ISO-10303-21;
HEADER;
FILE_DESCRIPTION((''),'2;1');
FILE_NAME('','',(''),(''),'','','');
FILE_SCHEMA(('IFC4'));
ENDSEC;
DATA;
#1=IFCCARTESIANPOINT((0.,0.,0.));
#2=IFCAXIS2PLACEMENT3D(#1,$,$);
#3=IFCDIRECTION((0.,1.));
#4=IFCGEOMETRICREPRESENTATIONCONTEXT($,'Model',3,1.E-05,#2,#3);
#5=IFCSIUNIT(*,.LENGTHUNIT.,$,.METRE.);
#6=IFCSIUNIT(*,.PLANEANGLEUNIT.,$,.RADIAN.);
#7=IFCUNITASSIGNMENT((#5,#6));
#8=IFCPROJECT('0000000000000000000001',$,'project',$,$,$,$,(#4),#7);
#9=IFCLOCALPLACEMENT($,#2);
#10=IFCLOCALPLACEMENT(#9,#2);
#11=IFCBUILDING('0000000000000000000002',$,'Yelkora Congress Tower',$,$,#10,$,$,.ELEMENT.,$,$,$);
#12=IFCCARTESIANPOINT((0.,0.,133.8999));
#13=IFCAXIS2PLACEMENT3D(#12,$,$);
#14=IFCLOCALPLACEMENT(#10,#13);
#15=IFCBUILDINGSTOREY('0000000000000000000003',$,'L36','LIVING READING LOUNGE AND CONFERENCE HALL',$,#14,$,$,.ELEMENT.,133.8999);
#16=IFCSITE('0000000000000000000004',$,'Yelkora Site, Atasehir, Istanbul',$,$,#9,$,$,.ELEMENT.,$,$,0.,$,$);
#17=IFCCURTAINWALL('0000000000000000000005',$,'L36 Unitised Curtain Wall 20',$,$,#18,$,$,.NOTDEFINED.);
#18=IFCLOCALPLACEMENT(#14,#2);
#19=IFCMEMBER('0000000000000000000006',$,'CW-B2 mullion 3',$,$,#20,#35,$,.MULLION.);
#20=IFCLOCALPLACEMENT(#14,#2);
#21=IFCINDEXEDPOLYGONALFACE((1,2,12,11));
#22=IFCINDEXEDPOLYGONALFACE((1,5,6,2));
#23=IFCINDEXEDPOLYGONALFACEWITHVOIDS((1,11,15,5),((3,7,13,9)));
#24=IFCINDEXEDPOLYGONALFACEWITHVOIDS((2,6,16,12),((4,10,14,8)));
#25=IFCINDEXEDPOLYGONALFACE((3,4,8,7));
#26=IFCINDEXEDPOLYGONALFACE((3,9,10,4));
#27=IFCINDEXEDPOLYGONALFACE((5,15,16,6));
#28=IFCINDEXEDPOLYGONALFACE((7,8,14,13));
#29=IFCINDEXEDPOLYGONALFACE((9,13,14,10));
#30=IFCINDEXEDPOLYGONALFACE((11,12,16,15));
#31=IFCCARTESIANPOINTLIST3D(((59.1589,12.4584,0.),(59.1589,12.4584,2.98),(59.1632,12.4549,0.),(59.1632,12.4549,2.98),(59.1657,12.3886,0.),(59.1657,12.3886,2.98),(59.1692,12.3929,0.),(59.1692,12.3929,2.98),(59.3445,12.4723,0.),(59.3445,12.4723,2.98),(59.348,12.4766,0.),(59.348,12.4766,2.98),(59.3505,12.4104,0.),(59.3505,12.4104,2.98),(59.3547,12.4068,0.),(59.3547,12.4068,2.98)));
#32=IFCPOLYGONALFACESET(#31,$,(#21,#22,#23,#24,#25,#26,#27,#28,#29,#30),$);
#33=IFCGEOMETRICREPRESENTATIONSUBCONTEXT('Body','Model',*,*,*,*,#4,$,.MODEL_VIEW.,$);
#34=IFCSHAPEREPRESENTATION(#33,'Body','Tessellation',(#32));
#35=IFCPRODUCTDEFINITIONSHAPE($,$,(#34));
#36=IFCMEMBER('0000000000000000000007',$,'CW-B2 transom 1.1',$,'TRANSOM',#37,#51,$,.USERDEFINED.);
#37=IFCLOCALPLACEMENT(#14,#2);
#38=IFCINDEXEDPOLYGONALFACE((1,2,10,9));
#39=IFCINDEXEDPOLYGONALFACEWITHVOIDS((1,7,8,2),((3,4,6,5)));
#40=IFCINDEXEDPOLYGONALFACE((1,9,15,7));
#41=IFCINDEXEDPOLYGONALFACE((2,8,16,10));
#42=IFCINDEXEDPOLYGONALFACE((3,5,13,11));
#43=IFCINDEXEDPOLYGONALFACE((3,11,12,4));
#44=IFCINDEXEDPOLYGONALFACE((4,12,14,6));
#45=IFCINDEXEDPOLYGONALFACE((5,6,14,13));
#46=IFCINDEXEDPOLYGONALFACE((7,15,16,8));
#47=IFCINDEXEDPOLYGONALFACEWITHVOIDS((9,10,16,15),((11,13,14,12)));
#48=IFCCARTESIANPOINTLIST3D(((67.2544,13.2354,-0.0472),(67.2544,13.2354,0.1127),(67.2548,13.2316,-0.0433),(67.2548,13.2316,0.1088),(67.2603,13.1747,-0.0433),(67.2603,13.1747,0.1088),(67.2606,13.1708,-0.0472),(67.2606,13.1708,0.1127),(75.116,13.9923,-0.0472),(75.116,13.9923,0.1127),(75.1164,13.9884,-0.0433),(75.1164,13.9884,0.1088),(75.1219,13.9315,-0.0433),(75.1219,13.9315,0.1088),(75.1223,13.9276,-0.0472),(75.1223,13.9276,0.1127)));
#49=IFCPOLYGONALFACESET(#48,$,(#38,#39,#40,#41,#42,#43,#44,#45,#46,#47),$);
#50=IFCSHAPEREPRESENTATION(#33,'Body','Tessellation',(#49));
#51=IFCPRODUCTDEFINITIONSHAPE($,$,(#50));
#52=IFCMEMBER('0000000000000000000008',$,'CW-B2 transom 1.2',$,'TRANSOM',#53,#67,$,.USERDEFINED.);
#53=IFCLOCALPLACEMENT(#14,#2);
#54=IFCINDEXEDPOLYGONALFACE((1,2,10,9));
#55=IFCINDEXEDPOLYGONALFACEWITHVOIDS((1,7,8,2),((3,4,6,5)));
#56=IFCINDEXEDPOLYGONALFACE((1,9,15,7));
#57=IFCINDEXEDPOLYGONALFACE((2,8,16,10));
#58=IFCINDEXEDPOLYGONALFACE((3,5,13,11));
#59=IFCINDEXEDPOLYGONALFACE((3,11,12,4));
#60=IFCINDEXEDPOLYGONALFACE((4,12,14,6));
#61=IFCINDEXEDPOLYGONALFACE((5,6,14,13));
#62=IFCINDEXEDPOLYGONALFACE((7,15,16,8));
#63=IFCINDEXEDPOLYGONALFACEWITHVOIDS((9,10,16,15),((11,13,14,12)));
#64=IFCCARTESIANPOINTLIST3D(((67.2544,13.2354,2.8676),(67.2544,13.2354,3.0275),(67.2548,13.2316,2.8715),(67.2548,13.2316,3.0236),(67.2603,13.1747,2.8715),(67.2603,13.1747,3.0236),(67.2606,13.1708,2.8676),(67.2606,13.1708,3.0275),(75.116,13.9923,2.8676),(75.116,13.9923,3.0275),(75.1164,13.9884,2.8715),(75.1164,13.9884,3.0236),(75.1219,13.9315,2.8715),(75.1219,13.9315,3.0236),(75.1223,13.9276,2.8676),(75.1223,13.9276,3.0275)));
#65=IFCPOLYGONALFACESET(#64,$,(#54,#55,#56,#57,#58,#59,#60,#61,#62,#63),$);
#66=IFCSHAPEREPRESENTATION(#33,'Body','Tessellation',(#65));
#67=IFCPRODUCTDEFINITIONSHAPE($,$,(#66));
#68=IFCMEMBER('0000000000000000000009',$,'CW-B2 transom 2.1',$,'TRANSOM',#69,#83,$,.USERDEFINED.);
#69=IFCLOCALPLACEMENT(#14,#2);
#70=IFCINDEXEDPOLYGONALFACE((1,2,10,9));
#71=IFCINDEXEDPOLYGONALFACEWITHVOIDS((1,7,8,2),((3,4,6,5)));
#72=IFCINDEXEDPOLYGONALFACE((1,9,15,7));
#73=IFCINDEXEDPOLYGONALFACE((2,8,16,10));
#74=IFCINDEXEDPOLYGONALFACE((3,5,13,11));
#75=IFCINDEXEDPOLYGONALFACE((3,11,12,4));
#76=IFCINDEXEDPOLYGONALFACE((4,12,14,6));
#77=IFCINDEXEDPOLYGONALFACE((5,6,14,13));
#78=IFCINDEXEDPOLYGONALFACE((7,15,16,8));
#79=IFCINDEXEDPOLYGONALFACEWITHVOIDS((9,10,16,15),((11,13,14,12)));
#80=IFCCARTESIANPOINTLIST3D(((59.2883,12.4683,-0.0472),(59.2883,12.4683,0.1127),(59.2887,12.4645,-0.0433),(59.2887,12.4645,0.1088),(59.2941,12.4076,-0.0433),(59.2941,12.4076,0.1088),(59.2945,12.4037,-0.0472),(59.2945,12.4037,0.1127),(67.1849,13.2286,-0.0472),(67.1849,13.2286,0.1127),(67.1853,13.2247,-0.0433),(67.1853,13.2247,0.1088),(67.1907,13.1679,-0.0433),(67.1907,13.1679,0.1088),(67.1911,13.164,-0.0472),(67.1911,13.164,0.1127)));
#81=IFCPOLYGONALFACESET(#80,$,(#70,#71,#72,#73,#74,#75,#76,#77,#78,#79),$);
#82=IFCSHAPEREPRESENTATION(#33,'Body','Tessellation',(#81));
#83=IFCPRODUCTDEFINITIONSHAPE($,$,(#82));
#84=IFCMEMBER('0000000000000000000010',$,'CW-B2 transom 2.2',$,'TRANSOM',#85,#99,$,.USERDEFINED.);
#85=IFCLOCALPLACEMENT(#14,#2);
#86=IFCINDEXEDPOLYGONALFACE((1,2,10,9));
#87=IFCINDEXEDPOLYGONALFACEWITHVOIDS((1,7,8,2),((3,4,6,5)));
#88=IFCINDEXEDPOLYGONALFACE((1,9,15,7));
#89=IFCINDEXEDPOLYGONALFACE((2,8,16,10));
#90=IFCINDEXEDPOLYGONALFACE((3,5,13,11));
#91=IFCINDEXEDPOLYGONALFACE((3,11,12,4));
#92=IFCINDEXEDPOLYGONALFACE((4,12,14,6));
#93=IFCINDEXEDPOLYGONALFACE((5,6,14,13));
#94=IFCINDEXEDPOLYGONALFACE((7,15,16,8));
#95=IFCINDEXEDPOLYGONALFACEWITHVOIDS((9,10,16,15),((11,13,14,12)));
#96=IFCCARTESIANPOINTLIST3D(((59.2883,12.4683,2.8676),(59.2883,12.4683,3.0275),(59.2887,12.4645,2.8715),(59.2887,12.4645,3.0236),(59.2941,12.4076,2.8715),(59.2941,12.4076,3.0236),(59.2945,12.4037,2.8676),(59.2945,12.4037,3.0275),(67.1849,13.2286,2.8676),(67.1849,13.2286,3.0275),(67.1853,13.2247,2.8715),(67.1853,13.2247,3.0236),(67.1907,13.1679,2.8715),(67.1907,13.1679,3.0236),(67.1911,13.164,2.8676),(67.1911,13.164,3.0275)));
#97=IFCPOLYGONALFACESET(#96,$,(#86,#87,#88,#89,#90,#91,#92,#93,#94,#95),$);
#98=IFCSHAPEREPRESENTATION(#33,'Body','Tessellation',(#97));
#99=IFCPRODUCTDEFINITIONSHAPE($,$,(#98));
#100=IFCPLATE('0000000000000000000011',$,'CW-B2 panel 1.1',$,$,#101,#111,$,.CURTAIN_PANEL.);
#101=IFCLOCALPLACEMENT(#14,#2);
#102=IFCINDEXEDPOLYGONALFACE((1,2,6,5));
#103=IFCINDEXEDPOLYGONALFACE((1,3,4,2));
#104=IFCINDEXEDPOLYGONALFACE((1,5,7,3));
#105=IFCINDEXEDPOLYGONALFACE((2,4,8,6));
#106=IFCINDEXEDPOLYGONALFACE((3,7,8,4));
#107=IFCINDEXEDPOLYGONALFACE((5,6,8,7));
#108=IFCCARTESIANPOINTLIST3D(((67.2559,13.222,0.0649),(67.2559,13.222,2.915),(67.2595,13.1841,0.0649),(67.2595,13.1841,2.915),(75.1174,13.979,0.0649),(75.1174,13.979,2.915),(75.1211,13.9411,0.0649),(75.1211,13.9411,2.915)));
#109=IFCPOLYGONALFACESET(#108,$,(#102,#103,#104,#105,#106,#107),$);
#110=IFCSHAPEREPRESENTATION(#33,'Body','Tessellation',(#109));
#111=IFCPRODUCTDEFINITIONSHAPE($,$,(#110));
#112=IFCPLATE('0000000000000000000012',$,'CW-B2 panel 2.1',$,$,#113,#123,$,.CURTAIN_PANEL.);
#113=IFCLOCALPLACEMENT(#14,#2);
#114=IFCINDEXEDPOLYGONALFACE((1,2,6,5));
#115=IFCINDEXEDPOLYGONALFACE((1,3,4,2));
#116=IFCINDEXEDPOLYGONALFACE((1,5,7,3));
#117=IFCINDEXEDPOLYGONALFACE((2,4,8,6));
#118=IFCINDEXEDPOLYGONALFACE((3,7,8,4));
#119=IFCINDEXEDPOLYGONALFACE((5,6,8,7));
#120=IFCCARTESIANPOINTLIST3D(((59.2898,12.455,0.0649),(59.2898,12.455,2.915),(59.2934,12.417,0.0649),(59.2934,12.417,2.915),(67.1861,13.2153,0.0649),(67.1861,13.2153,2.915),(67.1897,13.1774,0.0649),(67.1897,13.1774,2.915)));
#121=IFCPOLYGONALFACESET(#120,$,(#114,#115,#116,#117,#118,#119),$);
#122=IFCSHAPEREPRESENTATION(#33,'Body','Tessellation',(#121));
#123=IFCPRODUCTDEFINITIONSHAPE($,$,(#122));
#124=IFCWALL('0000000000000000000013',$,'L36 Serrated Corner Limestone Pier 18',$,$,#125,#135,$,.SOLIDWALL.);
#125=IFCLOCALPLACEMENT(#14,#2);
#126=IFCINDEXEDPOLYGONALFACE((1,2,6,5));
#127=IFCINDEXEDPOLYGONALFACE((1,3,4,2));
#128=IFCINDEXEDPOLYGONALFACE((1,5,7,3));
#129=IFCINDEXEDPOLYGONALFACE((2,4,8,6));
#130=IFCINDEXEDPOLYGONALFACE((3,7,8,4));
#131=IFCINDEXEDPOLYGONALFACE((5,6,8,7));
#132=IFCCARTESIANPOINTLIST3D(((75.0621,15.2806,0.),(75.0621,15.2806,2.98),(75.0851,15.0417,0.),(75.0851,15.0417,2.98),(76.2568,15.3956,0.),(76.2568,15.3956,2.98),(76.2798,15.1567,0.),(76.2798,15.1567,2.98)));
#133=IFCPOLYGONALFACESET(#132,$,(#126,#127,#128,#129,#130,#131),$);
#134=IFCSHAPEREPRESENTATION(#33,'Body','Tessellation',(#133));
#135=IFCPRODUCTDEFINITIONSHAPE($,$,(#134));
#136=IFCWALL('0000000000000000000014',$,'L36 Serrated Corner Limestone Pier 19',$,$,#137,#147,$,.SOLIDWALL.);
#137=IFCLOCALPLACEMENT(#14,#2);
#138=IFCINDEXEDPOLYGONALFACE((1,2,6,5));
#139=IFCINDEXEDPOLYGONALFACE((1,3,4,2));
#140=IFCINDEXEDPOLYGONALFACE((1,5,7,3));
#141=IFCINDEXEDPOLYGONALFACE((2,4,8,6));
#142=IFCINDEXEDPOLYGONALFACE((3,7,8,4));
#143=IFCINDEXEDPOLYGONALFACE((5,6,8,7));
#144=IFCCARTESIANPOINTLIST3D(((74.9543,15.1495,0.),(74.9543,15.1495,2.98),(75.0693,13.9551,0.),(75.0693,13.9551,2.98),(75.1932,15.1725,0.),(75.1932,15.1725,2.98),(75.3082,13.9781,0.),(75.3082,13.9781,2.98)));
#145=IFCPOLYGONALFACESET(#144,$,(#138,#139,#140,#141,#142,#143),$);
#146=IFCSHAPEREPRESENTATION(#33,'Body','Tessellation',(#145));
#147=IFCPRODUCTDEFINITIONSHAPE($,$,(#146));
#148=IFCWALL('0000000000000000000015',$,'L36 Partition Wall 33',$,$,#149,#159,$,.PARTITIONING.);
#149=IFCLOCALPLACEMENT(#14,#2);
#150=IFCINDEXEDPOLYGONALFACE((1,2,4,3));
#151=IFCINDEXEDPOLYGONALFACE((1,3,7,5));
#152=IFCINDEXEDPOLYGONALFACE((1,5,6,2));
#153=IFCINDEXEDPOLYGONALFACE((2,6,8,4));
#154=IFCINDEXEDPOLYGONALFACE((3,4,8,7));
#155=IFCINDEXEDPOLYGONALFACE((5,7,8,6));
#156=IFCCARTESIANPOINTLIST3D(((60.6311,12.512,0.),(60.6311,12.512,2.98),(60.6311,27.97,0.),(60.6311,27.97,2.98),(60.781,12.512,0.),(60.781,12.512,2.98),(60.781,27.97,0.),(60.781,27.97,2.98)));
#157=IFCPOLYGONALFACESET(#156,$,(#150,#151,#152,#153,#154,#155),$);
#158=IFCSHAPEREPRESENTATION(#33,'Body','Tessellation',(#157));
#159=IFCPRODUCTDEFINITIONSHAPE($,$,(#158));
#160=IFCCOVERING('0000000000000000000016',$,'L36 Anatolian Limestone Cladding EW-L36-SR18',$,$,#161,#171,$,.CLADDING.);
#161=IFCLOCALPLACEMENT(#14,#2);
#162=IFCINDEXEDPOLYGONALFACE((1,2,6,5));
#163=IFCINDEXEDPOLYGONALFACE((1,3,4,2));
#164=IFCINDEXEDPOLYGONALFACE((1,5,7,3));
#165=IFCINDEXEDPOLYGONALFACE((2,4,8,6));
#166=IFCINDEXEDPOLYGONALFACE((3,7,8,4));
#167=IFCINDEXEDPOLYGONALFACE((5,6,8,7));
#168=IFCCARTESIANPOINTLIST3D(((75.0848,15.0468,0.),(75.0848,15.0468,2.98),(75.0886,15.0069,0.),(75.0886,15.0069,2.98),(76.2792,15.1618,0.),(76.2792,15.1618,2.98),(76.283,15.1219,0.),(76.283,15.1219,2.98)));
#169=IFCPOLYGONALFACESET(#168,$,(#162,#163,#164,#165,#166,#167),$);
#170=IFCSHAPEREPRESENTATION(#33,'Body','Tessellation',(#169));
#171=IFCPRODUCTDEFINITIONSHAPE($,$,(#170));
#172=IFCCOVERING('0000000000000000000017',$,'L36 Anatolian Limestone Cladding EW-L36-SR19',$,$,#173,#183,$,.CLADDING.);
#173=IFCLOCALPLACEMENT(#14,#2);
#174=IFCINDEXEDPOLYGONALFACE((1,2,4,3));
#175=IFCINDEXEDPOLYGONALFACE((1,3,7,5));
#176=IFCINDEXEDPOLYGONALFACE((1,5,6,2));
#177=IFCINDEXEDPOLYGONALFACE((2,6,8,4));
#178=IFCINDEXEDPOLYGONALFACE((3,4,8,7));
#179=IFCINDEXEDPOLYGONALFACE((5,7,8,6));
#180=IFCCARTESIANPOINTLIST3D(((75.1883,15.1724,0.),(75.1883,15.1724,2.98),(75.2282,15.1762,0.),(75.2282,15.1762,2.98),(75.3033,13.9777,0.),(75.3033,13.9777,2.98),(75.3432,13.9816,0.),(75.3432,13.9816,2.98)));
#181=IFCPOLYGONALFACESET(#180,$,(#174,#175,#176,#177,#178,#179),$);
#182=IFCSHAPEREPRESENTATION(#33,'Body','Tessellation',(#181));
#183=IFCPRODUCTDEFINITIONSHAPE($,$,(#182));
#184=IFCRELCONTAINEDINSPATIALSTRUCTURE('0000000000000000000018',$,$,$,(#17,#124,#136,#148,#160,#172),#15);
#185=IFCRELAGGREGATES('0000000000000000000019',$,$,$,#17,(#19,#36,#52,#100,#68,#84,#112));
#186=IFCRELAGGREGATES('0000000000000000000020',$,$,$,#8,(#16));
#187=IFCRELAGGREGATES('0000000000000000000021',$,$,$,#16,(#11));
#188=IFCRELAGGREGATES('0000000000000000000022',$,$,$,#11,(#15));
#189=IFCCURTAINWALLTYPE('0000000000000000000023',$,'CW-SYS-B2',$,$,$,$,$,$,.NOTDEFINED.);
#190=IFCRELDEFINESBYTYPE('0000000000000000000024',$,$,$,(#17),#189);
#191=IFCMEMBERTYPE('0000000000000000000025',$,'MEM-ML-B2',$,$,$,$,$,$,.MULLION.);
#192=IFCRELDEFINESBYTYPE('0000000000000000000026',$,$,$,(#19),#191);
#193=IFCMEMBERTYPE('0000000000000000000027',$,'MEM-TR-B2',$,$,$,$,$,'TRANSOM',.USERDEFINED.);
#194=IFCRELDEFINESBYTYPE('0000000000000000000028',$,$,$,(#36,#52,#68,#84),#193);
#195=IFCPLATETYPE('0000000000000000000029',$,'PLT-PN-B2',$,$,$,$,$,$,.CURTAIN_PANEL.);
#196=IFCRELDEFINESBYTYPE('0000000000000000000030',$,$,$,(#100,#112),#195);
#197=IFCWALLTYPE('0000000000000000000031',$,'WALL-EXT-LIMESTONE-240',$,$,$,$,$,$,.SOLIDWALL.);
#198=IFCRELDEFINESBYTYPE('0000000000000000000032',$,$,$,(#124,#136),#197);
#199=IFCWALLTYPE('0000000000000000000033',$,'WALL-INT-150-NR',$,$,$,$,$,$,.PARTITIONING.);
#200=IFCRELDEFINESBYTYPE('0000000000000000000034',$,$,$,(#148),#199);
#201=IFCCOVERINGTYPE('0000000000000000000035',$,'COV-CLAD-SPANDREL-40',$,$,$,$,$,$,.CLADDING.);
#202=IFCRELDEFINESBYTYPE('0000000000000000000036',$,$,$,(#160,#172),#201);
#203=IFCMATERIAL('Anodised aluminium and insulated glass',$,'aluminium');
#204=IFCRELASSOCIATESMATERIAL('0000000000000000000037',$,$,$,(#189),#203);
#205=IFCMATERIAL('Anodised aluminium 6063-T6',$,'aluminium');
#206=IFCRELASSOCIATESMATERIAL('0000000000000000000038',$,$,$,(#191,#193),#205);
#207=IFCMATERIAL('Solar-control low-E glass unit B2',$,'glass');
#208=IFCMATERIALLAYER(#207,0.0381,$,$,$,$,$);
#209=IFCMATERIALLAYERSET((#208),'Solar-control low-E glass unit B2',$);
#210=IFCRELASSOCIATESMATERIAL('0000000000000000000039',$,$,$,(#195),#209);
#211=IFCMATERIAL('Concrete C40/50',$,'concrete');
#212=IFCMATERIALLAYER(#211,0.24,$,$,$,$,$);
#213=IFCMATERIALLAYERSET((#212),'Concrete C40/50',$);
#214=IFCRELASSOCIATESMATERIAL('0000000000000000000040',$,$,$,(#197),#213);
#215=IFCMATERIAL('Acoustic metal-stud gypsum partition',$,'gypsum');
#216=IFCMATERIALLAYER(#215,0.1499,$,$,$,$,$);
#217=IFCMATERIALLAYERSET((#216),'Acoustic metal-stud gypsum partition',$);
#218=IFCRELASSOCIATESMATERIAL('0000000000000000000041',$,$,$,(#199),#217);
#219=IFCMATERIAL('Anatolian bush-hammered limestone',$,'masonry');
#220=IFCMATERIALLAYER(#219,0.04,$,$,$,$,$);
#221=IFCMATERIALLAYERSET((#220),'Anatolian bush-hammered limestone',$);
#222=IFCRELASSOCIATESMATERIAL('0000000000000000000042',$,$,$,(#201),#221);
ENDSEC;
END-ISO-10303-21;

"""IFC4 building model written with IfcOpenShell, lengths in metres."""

from ifc_helpers import new_model, si_unit, direction, frame, frame_2d, origin, origin_2d, place, context, subcontext, project, spatial, rectangle, hollow_rectangle, extrude, material, layer, layer_set, material_profile, profile_set, type_object, element, aggregate, save


model = new_model("IFC4")

# Units and contexts
model_context = context("Model", 3, precision=1e-05, world=origin(), true_north=direction((0.0, 1.0)))
body_context = subcontext(model_context, "Body", "Model", "MODEL_VIEW")
ifc_project = project(units=[si_unit("LENGTHUNIT", "METRE"), si_unit("PLANEANGLEUNIT", "RADIAN")], contexts=[model_context])

# Site, building, storey
site_placement = place(None, origin())
site = spatial("IfcSite", under=ifc_project, at=site_placement, Name="Yelkora Site, Atasehir, Istanbul", CompositionType="ELEMENT", RefElevation=0.0)
building_placement = place(site_placement, origin())
building = spatial("IfcBuilding", under=site, at=building_placement, Name="Yelkora Congress Tower", CompositionType="ELEMENT")
storey_placement = place(building_placement, frame((0.0, 0.0, 133.8999)))
storey = spatial("IfcBuildingStorey", under=building, at=storey_placement, Name="L36", Description="LIVING READING LOUNGE AND CONFERENCE HALL", CompositionType="ELEMENT", Elevation=133.8999)

# Curtain wall, members, plates
ifc_material_1 = material(Name="Anodised aluminium and insulated glass", Category="aluminium")
curtain_wall_type = type_object("IfcCurtainWallType", Name="CW-SYS-B2", PredefinedType="NOTDEFINED", material=ifc_material_1)
curtain_wall_placement = place(storey_placement, origin())
curtain_wall = element("IfcCurtainWall", 1, at=curtain_wall_placement, inside=storey, type_object=curtain_wall_type, Name="L36 Unitised Curtain Wall 20", PredefinedType="NOTDEFINED")
ifc_material_2 = material(Name="Anodised aluminium 6063-T6", Category="aluminium")
ifc_material_profile_1 = material_profile(ifc_material_2, hollow_rectangle(XDim=0.0701, YDim=0.1899, WallThickness=0.0039, at=origin_2d()), Name="ALU 70x190x4")
ifc_profile_set_1 = profile_set([ifc_material_profile_1], Name="Anodised aluminium 6063-T6")
member_type_1 = type_object("IfcMemberType", Name="MEM-ML-B2", PredefinedType="MULLION", material=ifc_profile_set_1)
member_1_placement = place(storey_placement, frame((59.2568, 12.4326, 0.0), z_axis=(0.0, 0.0, 1.0), x_axis=(0.095844, -0.995396, 0.0)))
member_1 = element("IfcMember", 2, at=member_1_placement, type_object=member_type_1, Name="CW-B2 mullion 3", PredefinedType="MULLION", context=body_context, shape_type="SweptSolid", body=[
    extrude(hollow_rectangle(XDim=0.0701, YDim=0.1899, WallThickness=0.0039, at=origin_2d()), origin(), (0.0, 0.0, 1.0), 2.98),
])
ifc_material_profile_2 = material_profile(ifc_material_2, hollow_rectangle(XDim=0.0649, YDim=0.1599, WallThickness=0.0039, at=origin_2d()), Name="ALU 65x160x4")
ifc_profile_set_2 = profile_set([ifc_material_profile_2], Name="Anodised aluminium 6063-T6")
member_type_2 = type_object("IfcMemberType", Name="MEM-TR-B2", ElementType="TRANSOM", PredefinedType="USERDEFINED", material=ifc_profile_set_2)
member_2_placement = place(storey_placement, frame((75.1191, 13.96, 0.0327), z_axis=(-0.995398, -0.095827, 0.0), x_axis=(0.095827, -0.995398, 0.0)))
member_2 = element("IfcMember", 3, at=member_2_placement, type_object=member_type_2, Name="CW-B2 transom 1.1", ObjectType="TRANSOM", PredefinedType="USERDEFINED", context=body_context, shape_type="SweptSolid", body=[
    extrude(hollow_rectangle(XDim=0.0649, YDim=0.1599, WallThickness=0.0039, at=origin_2d()), origin(), (0.0, 0.0, 1.0), 7.8979),
])
member_3_placement = place(storey_placement, frame((75.1191, 13.96, 2.9475), z_axis=(-0.995398, -0.095827, 0.0), x_axis=(0.095827, -0.995398, 0.0)))
member_3 = element("IfcMember", 4, at=member_3_placement, type_object=member_type_2, Name="CW-B2 transom 1.2", ObjectType="TRANSOM", PredefinedType="USERDEFINED", context=body_context, shape_type="SweptSolid", body=[
    extrude(hollow_rectangle(XDim=0.0649, YDim=0.1599, WallThickness=0.0039, at=origin_2d()), origin(), (0.0, 0.0, 1.0), 7.8979),
])
member_4_placement = place(storey_placement, frame((67.188, 13.1963, 0.0327), z_axis=(-0.995397, -0.095834, 0.0), x_axis=(0.095834, -0.995397, 0.0)))
member_4 = element("IfcMember", 5, at=member_4_placement, type_object=member_type_2, Name="CW-B2 transom 2.1", ObjectType="TRANSOM", PredefinedType="USERDEFINED", context=body_context, shape_type="SweptSolid", body=[
    extrude(hollow_rectangle(XDim=0.0649, YDim=0.1599, WallThickness=0.0039, at=origin_2d()), origin(), (0.0, 0.0, 1.0), 7.9331),
])
member_5_placement = place(storey_placement, frame((67.188, 13.1963, 2.9475), z_axis=(-0.995397, -0.095834, 0.0), x_axis=(0.095834, -0.995397, 0.0)))
member_5 = element("IfcMember", 6, at=member_5_placement, type_object=member_type_2, Name="CW-B2 transom 2.2", ObjectType="TRANSOM", PredefinedType="USERDEFINED", context=body_context, shape_type="SweptSolid", body=[
    extrude(hollow_rectangle(XDim=0.0649, YDim=0.1599, WallThickness=0.0039, at=origin_2d()), origin(), (0.0, 0.0, 1.0), 7.9331),
])
ifc_material_3 = material(Name="Solar-control low-E glass unit B2", Category="glass")
ifc_layer_1 = layer(ifc_material_3, 0.0381)
ifc_layer_set_1 = layer_set([ifc_layer_1], Name="Solar-control low-E glass unit B2")
plate_type = type_object("IfcPlateType", Name="PLT-PN-B2", PredefinedType="CURTAIN_PANEL", material=ifc_layer_set_1)
plate_1_placement = place(storey_placement, frame((71.1885, 13.5815, 0.0649), z_axis=(0.0, 0.0, 1.0), x_axis=(-0.995396, -0.095844, 0.0)))
plate_1 = element("IfcPlate", 7, at=plate_1_placement, type_object=plate_type, Name="CW-B2 panel 1.1", PredefinedType="CURTAIN_PANEL", context=body_context, shape_type="SweptSolid", body=[
    extrude(rectangle(XDim=7.8979, YDim=0.0381, at=origin_2d()), origin(), (0.0, 0.0, 1.0), 2.8501),
])
plate_2_placement = place(storey_placement, frame((63.2397, 12.8162, 0.0649), z_axis=(0.0, 0.0, 1.0), x_axis=(-0.995396, -0.095844, 0.0)))
plate_2 = element("IfcPlate", 8, at=plate_2_placement, type_object=plate_type, Name="CW-B2 panel 2.1", PredefinedType="CURTAIN_PANEL", context=body_context, shape_type="SweptSolid", body=[
    extrude(rectangle(XDim=7.9329, YDim=0.0381, at=origin_2d()), origin(), (0.0, 0.0, 1.0), 2.8501),
])
aggregate(curtain_wall, [member_1, member_2, member_3, plate_1, member_4, member_5, plate_2])

# Walls
ifc_material_4 = material(Name="Concrete C40/50", Category="concrete")
ifc_layer_2 = layer(ifc_material_4, 0.24)
ifc_layer_set_2 = layer_set([ifc_layer_2], Name="Concrete C40/50")
wall_type_1 = type_object("IfcWallType", Name="WALL-EXT-LIMESTONE-240", PredefinedType="SOLIDWALL", material=ifc_layer_set_2)
wall_1_placement = place(storey_placement, frame((76.2683, 15.2761, 0.0), z_axis=(0.0, 0.0, 1.0), x_axis=(-0.995399, -0.095817, 0.0)))
element("IfcWall", 9, at=wall_1_placement, inside=storey, type_object=wall_type_1, Name="L36 Serrated Corner Limestone Pier 18", PredefinedType="SOLIDWALL", context=body_context, shape_type="SweptSolid", body=[
    extrude(rectangle(XDim=1.2002, YDim=0.24, at=frame_2d((0.6001, 0.0))), origin(), (0.0, 0.0, 1.0), 2.98),
])
wall_2_placement = place(storey_placement, frame((75.0737, 15.1611, 0.0), z_axis=(0.0, 0.0, 1.0), x_axis=(0.095836, -0.995397, 0.0)))
element("IfcWall", 10, at=wall_2_placement, inside=storey, type_object=wall_type_1, Name="L36 Serrated Corner Limestone Pier 19", PredefinedType="SOLIDWALL", context=body_context, shape_type="SweptSolid", body=[
    extrude(rectangle(XDim=1.2, YDim=0.24, at=frame_2d((0.6001, 0.0))), origin(), (0.0, 0.0, 1.0), 2.98),
])
ifc_material_5 = material(Name="Acoustic metal-stud gypsum partition", Category="gypsum")
ifc_layer_3 = layer(ifc_material_5, 0.1499)
ifc_layer_set_3 = layer_set([ifc_layer_3], Name="Acoustic metal-stud gypsum partition")
wall_type_2 = type_object("IfcWallType", Name="WALL-INT-150-NR", PredefinedType="PARTITIONING", material=ifc_layer_set_3)
wall_3_placement = place(storey_placement, frame((60.7061, 12.512, 0.0), z_axis=(0.0, 0.0, 1.0), x_axis=(0.0, 1.0, 0.0)))
element("IfcWall", 11, at=wall_3_placement, inside=storey, type_object=wall_type_2, Name="L36 Partition Wall 33", PredefinedType="PARTITIONING", context=body_context, shape_type="SweptSolid", body=[
    extrude(rectangle(XDim=15.458, YDim=0.1499, at=frame_2d((7.729, 0.0))), origin(), (0.0, 0.0, 1.0), 2.98),
])

# Coverings
ifc_material_6 = material(Name="Anatolian bush-hammered limestone", Category="masonry")
ifc_layer_4 = layer(ifc_material_6, 0.04)
ifc_layer_set_4 = layer_set([ifc_layer_4], Name="Anatolian bush-hammered limestone")
covering_type = type_object("IfcCoveringType", Name="COV-CLAD-SPANDREL-40", PredefinedType="CLADDING", material=ifc_layer_set_4)
covering_1_placement = place(storey_placement, frame((76.2812, 15.1418, 0.0), z_axis=(0.0, 0.0, 1.0), x_axis=(-0.995397, -0.095836, 0.0)))
element("IfcCovering", 12, at=covering_1_placement, inside=storey, type_object=covering_type, Name="L36 Anatolian Limestone Cladding EW-L36-SR18", PredefinedType="CLADDING", context=body_context, shape_type="SweptSolid", body=[
    extrude(rectangle(XDim=1.2, YDim=0.04, at=frame_2d((0.6001, 0.0))), origin(), (0.0, 0.0, 1.0), 2.98),
])
covering_2_placement = place(storey_placement, frame((75.2083, 15.1743, 0.0), z_axis=(0.0, 0.0, 1.0), x_axis=(0.095817, -0.995399, 0.0)))
element("IfcCovering", 13, at=covering_2_placement, inside=storey, type_object=covering_type, Name="L36 Anatolian Limestone Cladding EW-L36-SR19", PredefinedType="CLADDING", context=body_context, shape_type="SweptSolid", body=[
    extrude(rectangle(XDim=1.2002, YDim=0.04, at=frame_2d((0.6001, 0.0))), origin(), (0.0, 0.0, 1.0), 2.98),
])

save(model, "model.ifc")
